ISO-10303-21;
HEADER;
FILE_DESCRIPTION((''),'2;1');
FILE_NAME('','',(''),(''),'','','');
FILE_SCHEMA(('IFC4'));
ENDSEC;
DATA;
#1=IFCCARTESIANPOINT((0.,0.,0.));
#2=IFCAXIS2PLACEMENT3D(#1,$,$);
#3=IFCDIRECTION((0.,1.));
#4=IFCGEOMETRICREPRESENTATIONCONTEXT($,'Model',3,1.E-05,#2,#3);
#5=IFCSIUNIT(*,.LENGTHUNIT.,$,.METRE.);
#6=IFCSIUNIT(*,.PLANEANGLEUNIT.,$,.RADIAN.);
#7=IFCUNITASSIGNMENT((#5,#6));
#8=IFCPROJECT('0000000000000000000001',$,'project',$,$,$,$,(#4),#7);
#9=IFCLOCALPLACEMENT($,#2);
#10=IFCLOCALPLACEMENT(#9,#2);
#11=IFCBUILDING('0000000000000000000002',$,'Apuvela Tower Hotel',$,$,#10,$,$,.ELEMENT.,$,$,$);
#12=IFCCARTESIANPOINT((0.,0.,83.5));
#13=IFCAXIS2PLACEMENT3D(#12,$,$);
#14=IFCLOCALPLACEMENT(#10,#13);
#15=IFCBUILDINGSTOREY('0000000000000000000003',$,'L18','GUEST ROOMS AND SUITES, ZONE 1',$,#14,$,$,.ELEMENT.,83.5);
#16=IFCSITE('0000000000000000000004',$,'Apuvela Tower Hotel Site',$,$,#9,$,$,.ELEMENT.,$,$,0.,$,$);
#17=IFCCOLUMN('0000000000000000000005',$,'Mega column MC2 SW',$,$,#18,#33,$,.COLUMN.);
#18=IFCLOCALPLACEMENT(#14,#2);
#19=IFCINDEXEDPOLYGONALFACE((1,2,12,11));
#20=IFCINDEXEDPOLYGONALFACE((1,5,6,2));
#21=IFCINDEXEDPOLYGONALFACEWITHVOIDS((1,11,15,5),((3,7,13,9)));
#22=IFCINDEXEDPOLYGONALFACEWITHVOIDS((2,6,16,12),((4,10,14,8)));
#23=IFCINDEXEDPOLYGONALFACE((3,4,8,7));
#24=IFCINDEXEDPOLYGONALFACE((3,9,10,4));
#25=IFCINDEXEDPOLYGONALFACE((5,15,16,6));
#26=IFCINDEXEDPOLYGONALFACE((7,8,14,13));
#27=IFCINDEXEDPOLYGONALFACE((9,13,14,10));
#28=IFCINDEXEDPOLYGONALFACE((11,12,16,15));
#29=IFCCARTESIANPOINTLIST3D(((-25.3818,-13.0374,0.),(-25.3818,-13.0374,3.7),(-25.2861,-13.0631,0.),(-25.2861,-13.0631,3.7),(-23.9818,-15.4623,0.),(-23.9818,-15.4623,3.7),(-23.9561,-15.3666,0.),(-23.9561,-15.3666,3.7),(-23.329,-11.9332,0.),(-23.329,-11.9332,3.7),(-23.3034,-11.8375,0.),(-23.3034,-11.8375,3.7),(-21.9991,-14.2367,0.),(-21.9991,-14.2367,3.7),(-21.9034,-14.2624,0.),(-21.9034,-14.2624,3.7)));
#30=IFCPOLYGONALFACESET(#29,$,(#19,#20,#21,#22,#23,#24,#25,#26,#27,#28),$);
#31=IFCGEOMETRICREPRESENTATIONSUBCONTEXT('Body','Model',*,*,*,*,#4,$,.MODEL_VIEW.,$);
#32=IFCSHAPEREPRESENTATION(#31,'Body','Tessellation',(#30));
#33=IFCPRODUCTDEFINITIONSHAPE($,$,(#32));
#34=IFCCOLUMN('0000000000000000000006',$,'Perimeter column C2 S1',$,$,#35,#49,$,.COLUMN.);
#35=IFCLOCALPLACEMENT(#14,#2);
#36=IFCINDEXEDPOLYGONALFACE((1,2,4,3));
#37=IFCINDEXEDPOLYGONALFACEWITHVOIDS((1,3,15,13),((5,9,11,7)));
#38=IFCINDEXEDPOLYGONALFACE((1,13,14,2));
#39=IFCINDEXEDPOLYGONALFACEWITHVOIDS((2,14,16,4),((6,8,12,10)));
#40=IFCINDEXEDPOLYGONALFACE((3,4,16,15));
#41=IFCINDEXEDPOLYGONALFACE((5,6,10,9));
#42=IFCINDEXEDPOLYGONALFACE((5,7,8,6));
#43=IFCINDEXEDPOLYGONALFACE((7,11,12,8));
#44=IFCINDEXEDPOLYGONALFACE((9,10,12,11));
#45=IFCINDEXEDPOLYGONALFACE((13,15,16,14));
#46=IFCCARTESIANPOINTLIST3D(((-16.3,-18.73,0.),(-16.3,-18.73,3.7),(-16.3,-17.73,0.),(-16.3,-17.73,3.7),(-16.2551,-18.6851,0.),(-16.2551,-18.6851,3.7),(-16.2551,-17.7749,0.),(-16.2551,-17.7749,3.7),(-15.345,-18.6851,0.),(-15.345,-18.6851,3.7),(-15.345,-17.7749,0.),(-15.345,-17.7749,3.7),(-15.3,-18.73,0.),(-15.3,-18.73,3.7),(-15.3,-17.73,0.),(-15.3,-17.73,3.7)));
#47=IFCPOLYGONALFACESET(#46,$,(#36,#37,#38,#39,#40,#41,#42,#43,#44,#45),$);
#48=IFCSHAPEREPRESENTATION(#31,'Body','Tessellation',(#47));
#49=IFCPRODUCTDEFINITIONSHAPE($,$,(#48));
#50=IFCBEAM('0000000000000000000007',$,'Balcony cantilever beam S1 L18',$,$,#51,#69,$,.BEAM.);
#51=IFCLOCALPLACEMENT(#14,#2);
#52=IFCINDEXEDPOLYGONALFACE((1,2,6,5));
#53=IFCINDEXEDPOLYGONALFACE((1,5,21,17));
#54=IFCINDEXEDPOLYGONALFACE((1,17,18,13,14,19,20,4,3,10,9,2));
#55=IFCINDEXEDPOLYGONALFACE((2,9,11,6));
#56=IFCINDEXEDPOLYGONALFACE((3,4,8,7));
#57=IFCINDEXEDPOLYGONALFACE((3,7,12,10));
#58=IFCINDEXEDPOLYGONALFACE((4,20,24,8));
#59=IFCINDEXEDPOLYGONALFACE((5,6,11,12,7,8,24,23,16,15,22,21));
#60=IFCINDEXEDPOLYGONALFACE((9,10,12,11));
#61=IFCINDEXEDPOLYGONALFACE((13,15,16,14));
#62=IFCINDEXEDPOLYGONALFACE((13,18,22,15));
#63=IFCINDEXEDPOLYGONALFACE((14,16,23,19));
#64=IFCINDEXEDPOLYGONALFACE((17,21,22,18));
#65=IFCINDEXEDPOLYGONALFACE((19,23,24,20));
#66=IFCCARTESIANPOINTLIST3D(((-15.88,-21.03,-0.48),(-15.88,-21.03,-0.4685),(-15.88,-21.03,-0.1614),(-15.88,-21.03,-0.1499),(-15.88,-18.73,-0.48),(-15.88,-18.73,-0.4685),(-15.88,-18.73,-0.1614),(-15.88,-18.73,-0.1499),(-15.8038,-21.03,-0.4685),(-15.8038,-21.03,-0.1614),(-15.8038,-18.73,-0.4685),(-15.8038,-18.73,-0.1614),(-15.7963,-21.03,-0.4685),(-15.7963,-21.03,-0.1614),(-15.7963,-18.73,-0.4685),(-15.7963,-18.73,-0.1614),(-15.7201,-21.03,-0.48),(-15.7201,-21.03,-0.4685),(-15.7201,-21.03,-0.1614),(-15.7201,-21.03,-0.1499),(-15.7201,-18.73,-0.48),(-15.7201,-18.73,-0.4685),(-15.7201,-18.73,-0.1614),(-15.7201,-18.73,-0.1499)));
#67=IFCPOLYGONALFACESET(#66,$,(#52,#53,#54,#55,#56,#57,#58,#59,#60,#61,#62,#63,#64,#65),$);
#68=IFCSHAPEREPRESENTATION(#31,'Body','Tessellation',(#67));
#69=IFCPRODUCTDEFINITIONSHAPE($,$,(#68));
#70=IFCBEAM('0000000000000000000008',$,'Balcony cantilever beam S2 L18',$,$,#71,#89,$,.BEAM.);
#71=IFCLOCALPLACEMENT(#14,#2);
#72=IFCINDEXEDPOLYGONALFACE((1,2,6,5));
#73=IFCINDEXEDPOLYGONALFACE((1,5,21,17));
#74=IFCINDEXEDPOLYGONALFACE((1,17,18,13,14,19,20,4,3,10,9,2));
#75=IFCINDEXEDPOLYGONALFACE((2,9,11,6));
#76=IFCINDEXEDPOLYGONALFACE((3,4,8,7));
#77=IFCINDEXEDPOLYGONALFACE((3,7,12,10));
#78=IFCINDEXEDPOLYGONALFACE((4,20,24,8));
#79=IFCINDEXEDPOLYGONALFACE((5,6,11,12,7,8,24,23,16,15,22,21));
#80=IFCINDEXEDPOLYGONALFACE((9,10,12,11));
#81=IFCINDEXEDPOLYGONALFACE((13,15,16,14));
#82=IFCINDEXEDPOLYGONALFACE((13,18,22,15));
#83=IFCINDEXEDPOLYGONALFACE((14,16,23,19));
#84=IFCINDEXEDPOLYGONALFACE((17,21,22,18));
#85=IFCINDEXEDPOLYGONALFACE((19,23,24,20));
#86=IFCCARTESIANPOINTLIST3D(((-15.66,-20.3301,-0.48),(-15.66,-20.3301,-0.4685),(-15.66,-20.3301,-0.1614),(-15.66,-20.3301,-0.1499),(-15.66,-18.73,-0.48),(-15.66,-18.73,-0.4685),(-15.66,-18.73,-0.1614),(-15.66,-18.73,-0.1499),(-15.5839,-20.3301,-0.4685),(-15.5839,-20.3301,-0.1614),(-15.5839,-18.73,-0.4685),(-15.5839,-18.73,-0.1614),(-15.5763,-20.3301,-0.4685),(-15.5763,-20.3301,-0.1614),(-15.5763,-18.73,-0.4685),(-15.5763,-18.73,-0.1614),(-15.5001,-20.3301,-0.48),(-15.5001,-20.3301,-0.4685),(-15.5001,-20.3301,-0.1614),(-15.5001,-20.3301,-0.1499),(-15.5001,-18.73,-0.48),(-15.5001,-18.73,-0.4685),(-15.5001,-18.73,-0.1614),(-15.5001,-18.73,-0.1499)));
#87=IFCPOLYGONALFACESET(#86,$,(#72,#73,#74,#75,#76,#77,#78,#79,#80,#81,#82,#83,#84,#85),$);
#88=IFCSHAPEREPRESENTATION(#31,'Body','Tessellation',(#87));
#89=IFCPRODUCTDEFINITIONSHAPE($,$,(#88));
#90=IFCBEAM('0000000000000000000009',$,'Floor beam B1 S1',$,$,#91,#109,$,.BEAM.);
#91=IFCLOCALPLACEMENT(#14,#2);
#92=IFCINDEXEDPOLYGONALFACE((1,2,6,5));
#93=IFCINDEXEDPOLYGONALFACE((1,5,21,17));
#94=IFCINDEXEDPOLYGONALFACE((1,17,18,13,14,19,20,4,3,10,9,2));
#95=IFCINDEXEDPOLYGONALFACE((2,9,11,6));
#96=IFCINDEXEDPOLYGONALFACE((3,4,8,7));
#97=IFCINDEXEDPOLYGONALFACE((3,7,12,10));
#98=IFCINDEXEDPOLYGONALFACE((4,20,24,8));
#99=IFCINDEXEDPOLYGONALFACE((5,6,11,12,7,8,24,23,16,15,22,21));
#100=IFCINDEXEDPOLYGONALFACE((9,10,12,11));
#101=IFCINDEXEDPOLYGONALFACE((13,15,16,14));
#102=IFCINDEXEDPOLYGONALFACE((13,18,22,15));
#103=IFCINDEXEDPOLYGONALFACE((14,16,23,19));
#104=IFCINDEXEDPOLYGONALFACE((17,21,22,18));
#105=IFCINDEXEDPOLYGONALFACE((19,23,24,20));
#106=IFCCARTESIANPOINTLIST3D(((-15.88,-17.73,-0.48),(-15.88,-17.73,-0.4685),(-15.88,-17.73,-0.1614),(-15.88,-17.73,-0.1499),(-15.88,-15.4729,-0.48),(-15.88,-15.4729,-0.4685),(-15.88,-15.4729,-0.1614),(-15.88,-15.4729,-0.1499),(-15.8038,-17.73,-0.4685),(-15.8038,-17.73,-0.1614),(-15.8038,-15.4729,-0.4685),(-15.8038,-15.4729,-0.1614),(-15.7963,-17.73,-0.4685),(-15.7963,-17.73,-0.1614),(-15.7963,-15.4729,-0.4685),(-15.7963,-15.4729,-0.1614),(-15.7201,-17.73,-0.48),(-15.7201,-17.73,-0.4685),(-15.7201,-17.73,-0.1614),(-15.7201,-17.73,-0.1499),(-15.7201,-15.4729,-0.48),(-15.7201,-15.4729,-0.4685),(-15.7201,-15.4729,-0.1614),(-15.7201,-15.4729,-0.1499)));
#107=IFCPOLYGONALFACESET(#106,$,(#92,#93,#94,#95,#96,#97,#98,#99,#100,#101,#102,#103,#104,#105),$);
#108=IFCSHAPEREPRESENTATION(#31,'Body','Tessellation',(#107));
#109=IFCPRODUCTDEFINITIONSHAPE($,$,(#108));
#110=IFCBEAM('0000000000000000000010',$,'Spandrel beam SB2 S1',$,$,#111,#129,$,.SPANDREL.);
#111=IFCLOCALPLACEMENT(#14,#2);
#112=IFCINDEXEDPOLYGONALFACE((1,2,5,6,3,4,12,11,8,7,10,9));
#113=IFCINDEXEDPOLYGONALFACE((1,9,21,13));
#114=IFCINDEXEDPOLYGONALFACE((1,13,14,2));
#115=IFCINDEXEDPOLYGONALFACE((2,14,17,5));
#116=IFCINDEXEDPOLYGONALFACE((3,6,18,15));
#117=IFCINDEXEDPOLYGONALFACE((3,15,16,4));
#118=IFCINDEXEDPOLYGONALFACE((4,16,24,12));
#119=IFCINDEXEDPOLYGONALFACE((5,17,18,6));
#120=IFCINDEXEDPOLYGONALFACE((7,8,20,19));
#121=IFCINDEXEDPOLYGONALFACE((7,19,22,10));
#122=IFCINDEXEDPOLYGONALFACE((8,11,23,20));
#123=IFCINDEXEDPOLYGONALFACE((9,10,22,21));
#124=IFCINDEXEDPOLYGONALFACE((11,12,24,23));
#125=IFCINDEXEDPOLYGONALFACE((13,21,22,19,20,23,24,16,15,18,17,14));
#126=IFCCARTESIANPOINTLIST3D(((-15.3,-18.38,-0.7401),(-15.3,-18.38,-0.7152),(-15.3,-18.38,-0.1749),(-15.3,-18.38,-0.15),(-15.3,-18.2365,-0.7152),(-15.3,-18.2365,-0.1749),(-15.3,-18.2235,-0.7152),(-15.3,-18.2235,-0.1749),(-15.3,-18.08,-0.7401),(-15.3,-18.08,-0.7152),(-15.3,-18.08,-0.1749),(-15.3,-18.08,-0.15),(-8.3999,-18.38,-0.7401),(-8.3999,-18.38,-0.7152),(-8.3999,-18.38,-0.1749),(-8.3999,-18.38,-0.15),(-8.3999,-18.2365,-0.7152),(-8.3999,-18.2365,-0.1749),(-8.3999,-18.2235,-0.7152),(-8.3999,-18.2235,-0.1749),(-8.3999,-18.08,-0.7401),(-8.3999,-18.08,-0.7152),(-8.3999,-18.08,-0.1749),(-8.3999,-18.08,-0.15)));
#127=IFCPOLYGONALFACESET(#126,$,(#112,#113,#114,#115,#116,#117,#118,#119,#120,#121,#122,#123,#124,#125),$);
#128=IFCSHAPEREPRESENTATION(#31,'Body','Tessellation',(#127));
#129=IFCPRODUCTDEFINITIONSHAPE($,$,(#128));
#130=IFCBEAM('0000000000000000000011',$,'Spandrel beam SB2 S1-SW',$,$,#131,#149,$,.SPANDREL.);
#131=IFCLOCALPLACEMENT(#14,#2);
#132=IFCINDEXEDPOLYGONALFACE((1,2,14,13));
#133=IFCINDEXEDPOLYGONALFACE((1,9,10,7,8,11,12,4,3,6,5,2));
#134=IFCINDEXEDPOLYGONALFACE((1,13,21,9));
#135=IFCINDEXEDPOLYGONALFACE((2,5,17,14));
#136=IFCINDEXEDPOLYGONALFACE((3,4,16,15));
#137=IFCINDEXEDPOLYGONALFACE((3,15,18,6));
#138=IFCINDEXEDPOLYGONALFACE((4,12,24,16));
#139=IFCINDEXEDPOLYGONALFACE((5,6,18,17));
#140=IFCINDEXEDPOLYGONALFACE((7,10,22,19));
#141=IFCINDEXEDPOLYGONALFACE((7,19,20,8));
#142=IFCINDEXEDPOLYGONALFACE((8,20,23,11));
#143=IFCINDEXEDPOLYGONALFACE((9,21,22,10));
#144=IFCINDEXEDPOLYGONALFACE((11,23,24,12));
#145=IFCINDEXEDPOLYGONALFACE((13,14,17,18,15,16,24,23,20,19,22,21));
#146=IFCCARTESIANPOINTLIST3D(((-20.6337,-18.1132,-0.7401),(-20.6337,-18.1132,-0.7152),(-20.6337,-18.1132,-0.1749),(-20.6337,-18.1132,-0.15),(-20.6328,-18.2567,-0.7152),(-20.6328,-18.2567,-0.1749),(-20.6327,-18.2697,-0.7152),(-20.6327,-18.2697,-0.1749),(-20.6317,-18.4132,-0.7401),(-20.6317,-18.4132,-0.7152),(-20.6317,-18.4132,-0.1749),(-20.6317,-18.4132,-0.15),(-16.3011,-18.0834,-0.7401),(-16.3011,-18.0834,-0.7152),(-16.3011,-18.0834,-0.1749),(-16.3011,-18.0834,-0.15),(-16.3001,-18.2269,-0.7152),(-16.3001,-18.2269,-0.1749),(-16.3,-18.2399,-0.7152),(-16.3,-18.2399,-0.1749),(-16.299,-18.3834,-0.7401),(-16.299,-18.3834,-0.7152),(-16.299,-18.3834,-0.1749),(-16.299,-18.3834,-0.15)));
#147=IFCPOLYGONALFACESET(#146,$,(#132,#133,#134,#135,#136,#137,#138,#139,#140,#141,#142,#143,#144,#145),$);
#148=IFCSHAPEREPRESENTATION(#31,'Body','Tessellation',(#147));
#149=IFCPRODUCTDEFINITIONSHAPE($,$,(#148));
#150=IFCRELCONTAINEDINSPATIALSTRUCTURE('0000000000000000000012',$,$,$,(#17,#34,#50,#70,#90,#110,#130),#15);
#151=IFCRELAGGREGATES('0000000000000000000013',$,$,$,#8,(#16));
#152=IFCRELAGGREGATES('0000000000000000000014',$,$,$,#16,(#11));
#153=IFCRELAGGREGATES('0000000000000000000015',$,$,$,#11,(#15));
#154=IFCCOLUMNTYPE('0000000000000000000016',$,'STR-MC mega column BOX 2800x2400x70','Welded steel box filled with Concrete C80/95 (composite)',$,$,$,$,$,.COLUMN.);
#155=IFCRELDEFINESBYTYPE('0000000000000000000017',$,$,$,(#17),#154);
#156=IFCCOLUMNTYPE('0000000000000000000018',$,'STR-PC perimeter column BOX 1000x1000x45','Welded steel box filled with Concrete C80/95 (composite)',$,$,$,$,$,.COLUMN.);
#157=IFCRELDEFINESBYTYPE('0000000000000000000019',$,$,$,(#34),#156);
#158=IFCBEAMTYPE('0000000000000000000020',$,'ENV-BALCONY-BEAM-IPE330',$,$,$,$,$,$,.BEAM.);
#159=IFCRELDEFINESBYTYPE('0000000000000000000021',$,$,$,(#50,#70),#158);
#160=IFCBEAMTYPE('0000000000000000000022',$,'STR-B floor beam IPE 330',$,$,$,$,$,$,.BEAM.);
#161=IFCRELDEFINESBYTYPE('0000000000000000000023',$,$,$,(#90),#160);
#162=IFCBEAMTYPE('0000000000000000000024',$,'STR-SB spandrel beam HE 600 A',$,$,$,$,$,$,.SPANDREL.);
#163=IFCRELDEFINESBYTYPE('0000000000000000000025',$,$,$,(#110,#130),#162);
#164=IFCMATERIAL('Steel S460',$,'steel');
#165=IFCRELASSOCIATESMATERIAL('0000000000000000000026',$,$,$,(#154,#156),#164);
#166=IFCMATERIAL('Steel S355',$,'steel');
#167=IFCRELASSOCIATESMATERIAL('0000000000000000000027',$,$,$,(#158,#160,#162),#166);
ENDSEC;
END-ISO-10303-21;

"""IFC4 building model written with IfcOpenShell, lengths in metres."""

from ifc_helpers import new_model, si_unit, direction, frame, origin, origin_2d, place, context, subcontext, project, spatial, rectangle, hollow_rectangle, i_section, extrude, material, material_profile, profile_set, type_object, element, save


model = new_model("IFC4")

# Units and contexts
model_context = context("Model", 3, precision=1e-05, world=origin(), true_north=direction((0.0, 1.0)))
body_context = subcontext(model_context, "Body", "Model", "MODEL_VIEW")
ifc_project = project(units=[si_unit("LENGTHUNIT", "METRE"), si_unit("PLANEANGLEUNIT", "RADIAN")], contexts=[model_context])

# Site, building, storey
site_placement = place(None, origin())
site = spatial("IfcSite", under=ifc_project, at=site_placement, Name="Apuvela Tower Hotel Site", CompositionType="ELEMENT", RefElevation=0.0)
building_placement = place(site_placement, origin())
building = spatial("IfcBuilding", under=site, at=building_placement, Name="Apuvela Tower Hotel", CompositionType="ELEMENT")
storey_placement = place(building_placement, frame((0.0, 0.0, 83.5)))
storey = spatial("IfcBuildingStorey", under=building, at=storey_placement, Name="L18", Description="GUEST ROOMS AND SUITES, ZONE 1", CompositionType="ELEMENT", Elevation=83.5)

# Columns
ifc_material_1 = material(Name="Steel S460", Category="steel")
ifc_material_profile_1 = material_profile(ifc_material_1, hollow_rectangle(XDim=2.8, YDim=2.3999, WallThickness=0.0701, at=origin_2d()), Name="BOX 2800x2400x70")
ifc_material_2 = material(Name="Concrete C80/95", Category="concrete")
ifc_material_profile_2 = material_profile(ifc_material_2, rectangle(XDim=2.6599, YDim=2.26, at=origin_2d()), Name="Concrete C80/95 infill")
ifc_profile_set_1 = profile_set([ifc_material_profile_1, ifc_material_profile_2], Name="Steel S460")
column_type_1 = type_object("IfcColumnType", Name="STR-MC mega column BOX 2800x2400x70", Description="Welded steel box filled with Concrete C80/95 (composite)", PredefinedType="COLUMN", material=ifc_profile_set_1)
column_1_placement = place(storey_placement, frame((-23.6426, -13.6499, 0.0), z_axis=(0.0, 0.0, 1.0), x_axis=(-0.5, 0.866025, 0.0)))
element("IfcColumn", 1, at=column_1_placement, inside=storey, type_object=column_type_1, Name="Mega column MC2 SW", PredefinedType="COLUMN", context=body_context, shape_type="SweptSolid", body=[
    extrude(hollow_rectangle(XDim=2.8, YDim=2.3999, WallThickness=0.0701, at=origin_2d()), origin(), (0.0, 0.0, 1.0), 3.7),
])
ifc_material_profile_3 = material_profile(ifc_material_1, hollow_rectangle(XDim=1.0, YDim=1.0, WallThickness=0.0449, at=origin_2d()), Name="BOX 1000x1000x45")
ifc_material_profile_4 = material_profile(ifc_material_2, rectangle(XDim=0.9099, YDim=0.9099, at=origin_2d()), Name="Concrete C80/95 infill")
ifc_profile_set_2 = profile_set([ifc_material_profile_3, ifc_material_profile_4], Name="Steel S460")
column_type_2 = type_object("IfcColumnType", Name="STR-PC perimeter column BOX 1000x1000x45", Description="Welded steel box filled with Concrete C80/95 (composite)", PredefinedType="COLUMN", material=ifc_profile_set_2)
column_2_placement = place(storey_placement, frame((-15.8, -18.23, 0.0), z_axis=(0.0, 0.0, 1.0), x_axis=(-1.0, 0.0, 0.0)))
element("IfcColumn", 2, at=column_2_placement, inside=storey, type_object=column_type_2, Name="Perimeter column C2 S1", PredefinedType="COLUMN", context=body_context, shape_type="SweptSolid", body=[
    extrude(hollow_rectangle(XDim=1.0, YDim=1.0, WallThickness=0.0449, at=origin_2d()), origin(), (0.0, 0.0, 1.0), 3.7),
])

# Beams
ifc_material_3 = material(Name="Steel S355", Category="steel")
ifc_material_profile_5 = material_profile(ifc_material_3, i_section(OverallWidth=0.1599, OverallDepth=0.3301, WebThickness=0.0076, FlangeThickness=0.0115, at=origin_2d()), Name="IPE 330")
ifc_profile_set_3 = profile_set([ifc_material_profile_5], Name="Steel S355")
beam_type_1 = type_object("IfcBeamType", Name="ENV-BALCONY-BEAM-IPE330", PredefinedType="BEAM", material=ifc_profile_set_3)
beam_1_placement = place(storey_placement, frame((-15.8, -18.73, -0.3149), z_axis=(0.0, -1.0, 0.0), x_axis=(1.0, 0.0, 0.0)))
element("IfcBeam", 3, at=beam_1_placement, inside=storey, type_object=beam_type_1, Name="Balcony cantilever beam S1 L18", PredefinedType="BEAM", context=body_context, shape_type="SweptSolid", body=[
    extrude(i_section(OverallWidth=0.1599, OverallDepth=0.3301, WebThickness=0.0076, FlangeThickness=0.0115, at=origin_2d()), origin(), (0.0, 0.0, 1.0), 2.3),
])
beam_2_placement = place(storey_placement, frame((-15.5801, -18.73, -0.3149), z_axis=(0.0, -1.0, 0.0), x_axis=(1.0, 0.0, 0.0)))
element("IfcBeam", 4, at=beam_2_placement, inside=storey, type_object=beam_type_1, Name="Balcony cantilever beam S2 L18", PredefinedType="BEAM", context=body_context, shape_type="SweptSolid", body=[
    extrude(i_section(OverallWidth=0.1599, OverallDepth=0.3301, WebThickness=0.0076, FlangeThickness=0.0115, at=origin_2d()), origin(), (0.0, 0.0, 1.0), 1.6001),
])
ifc_material_profile_6 = material_profile(ifc_material_3, i_section(OverallWidth=0.1599, OverallDepth=0.3301, WebThickness=0.0076, FlangeThickness=0.0115, at=origin_2d()), Name="IPE 330")
ifc_profile_set_4 = profile_set([ifc_material_profile_6], Name="Steel S355")
beam_type_2 = type_object("IfcBeamType", Name="STR-B floor beam IPE 330", PredefinedType="BEAM", material=ifc_profile_set_4)
beam_3_placement = place(storey_placement, frame((-15.8, -17.73, -0.3149), z_axis=(0.0, 1.0, 0.0), x_axis=(-1.0, 0.0, 0.0)))
element("IfcBeam", 5, at=beam_3_placement, inside=storey, type_object=beam_type_2, Name="Floor beam B1 S1", PredefinedType="BEAM", context=body_context, shape_type="SweptSolid", body=[
    extrude(i_section(OverallWidth=0.1599, OverallDepth=0.3301, WebThickness=0.0076, FlangeThickness=0.0115, at=origin_2d()), origin(), (0.0, 0.0, 1.0), 2.2571),
])
ifc_material_profile_7 = material_profile(ifc_material_3, i_section(OverallWidth=0.3, OverallDepth=0.5901, WebThickness=0.0129, FlangeThickness=0.0249, at=origin_2d()), Name="HE 600 A")
ifc_profile_set_5 = profile_set([ifc_material_profile_7], Name="Steel S355")
beam_type_3 = type_object("IfcBeamType", Name="STR-SB spandrel beam HE 600 A", PredefinedType="SPANDREL", material=ifc_profile_set_5)
beam_4_placement = place(storey_placement, frame((-15.3, -18.23, -0.4451), z_axis=(1.0, 0.0, 0.0), x_axis=(0.0, 1.0, 0.0)))
element("IfcBeam", 6, at=beam_4_placement, inside=storey, type_object=beam_type_3, Name="Spandrel beam SB2 S1", PredefinedType="SPANDREL", context=body_context, shape_type="SweptSolid", body=[
    extrude(i_section(OverallWidth=0.3, OverallDepth=0.5901, WebThickness=0.0129, FlangeThickness=0.0249, at=origin_2d()), origin(), (0.0, 0.0, 1.0), 6.9001),
])
beam_5_placement = place(storey_placement, frame((-16.3, -18.2334, -0.4451), z_axis=(-0.999976, -0.006874, 0.0), x_axis=(0.006874, -0.999976, 0.0)))
element("IfcBeam", 7, at=beam_5_placement, inside=storey, type_object=beam_type_3, Name="Spandrel beam SB2 S1-SW", PredefinedType="SPANDREL", context=body_context, shape_type="SweptSolid", body=[
    extrude(i_section(OverallWidth=0.3, OverallDepth=0.5901, WebThickness=0.0129, FlangeThickness=0.0249, at=origin_2d()), origin(), (0.0, 0.0, 1.0), 4.3328),
])

save(model, "model.ifc")
